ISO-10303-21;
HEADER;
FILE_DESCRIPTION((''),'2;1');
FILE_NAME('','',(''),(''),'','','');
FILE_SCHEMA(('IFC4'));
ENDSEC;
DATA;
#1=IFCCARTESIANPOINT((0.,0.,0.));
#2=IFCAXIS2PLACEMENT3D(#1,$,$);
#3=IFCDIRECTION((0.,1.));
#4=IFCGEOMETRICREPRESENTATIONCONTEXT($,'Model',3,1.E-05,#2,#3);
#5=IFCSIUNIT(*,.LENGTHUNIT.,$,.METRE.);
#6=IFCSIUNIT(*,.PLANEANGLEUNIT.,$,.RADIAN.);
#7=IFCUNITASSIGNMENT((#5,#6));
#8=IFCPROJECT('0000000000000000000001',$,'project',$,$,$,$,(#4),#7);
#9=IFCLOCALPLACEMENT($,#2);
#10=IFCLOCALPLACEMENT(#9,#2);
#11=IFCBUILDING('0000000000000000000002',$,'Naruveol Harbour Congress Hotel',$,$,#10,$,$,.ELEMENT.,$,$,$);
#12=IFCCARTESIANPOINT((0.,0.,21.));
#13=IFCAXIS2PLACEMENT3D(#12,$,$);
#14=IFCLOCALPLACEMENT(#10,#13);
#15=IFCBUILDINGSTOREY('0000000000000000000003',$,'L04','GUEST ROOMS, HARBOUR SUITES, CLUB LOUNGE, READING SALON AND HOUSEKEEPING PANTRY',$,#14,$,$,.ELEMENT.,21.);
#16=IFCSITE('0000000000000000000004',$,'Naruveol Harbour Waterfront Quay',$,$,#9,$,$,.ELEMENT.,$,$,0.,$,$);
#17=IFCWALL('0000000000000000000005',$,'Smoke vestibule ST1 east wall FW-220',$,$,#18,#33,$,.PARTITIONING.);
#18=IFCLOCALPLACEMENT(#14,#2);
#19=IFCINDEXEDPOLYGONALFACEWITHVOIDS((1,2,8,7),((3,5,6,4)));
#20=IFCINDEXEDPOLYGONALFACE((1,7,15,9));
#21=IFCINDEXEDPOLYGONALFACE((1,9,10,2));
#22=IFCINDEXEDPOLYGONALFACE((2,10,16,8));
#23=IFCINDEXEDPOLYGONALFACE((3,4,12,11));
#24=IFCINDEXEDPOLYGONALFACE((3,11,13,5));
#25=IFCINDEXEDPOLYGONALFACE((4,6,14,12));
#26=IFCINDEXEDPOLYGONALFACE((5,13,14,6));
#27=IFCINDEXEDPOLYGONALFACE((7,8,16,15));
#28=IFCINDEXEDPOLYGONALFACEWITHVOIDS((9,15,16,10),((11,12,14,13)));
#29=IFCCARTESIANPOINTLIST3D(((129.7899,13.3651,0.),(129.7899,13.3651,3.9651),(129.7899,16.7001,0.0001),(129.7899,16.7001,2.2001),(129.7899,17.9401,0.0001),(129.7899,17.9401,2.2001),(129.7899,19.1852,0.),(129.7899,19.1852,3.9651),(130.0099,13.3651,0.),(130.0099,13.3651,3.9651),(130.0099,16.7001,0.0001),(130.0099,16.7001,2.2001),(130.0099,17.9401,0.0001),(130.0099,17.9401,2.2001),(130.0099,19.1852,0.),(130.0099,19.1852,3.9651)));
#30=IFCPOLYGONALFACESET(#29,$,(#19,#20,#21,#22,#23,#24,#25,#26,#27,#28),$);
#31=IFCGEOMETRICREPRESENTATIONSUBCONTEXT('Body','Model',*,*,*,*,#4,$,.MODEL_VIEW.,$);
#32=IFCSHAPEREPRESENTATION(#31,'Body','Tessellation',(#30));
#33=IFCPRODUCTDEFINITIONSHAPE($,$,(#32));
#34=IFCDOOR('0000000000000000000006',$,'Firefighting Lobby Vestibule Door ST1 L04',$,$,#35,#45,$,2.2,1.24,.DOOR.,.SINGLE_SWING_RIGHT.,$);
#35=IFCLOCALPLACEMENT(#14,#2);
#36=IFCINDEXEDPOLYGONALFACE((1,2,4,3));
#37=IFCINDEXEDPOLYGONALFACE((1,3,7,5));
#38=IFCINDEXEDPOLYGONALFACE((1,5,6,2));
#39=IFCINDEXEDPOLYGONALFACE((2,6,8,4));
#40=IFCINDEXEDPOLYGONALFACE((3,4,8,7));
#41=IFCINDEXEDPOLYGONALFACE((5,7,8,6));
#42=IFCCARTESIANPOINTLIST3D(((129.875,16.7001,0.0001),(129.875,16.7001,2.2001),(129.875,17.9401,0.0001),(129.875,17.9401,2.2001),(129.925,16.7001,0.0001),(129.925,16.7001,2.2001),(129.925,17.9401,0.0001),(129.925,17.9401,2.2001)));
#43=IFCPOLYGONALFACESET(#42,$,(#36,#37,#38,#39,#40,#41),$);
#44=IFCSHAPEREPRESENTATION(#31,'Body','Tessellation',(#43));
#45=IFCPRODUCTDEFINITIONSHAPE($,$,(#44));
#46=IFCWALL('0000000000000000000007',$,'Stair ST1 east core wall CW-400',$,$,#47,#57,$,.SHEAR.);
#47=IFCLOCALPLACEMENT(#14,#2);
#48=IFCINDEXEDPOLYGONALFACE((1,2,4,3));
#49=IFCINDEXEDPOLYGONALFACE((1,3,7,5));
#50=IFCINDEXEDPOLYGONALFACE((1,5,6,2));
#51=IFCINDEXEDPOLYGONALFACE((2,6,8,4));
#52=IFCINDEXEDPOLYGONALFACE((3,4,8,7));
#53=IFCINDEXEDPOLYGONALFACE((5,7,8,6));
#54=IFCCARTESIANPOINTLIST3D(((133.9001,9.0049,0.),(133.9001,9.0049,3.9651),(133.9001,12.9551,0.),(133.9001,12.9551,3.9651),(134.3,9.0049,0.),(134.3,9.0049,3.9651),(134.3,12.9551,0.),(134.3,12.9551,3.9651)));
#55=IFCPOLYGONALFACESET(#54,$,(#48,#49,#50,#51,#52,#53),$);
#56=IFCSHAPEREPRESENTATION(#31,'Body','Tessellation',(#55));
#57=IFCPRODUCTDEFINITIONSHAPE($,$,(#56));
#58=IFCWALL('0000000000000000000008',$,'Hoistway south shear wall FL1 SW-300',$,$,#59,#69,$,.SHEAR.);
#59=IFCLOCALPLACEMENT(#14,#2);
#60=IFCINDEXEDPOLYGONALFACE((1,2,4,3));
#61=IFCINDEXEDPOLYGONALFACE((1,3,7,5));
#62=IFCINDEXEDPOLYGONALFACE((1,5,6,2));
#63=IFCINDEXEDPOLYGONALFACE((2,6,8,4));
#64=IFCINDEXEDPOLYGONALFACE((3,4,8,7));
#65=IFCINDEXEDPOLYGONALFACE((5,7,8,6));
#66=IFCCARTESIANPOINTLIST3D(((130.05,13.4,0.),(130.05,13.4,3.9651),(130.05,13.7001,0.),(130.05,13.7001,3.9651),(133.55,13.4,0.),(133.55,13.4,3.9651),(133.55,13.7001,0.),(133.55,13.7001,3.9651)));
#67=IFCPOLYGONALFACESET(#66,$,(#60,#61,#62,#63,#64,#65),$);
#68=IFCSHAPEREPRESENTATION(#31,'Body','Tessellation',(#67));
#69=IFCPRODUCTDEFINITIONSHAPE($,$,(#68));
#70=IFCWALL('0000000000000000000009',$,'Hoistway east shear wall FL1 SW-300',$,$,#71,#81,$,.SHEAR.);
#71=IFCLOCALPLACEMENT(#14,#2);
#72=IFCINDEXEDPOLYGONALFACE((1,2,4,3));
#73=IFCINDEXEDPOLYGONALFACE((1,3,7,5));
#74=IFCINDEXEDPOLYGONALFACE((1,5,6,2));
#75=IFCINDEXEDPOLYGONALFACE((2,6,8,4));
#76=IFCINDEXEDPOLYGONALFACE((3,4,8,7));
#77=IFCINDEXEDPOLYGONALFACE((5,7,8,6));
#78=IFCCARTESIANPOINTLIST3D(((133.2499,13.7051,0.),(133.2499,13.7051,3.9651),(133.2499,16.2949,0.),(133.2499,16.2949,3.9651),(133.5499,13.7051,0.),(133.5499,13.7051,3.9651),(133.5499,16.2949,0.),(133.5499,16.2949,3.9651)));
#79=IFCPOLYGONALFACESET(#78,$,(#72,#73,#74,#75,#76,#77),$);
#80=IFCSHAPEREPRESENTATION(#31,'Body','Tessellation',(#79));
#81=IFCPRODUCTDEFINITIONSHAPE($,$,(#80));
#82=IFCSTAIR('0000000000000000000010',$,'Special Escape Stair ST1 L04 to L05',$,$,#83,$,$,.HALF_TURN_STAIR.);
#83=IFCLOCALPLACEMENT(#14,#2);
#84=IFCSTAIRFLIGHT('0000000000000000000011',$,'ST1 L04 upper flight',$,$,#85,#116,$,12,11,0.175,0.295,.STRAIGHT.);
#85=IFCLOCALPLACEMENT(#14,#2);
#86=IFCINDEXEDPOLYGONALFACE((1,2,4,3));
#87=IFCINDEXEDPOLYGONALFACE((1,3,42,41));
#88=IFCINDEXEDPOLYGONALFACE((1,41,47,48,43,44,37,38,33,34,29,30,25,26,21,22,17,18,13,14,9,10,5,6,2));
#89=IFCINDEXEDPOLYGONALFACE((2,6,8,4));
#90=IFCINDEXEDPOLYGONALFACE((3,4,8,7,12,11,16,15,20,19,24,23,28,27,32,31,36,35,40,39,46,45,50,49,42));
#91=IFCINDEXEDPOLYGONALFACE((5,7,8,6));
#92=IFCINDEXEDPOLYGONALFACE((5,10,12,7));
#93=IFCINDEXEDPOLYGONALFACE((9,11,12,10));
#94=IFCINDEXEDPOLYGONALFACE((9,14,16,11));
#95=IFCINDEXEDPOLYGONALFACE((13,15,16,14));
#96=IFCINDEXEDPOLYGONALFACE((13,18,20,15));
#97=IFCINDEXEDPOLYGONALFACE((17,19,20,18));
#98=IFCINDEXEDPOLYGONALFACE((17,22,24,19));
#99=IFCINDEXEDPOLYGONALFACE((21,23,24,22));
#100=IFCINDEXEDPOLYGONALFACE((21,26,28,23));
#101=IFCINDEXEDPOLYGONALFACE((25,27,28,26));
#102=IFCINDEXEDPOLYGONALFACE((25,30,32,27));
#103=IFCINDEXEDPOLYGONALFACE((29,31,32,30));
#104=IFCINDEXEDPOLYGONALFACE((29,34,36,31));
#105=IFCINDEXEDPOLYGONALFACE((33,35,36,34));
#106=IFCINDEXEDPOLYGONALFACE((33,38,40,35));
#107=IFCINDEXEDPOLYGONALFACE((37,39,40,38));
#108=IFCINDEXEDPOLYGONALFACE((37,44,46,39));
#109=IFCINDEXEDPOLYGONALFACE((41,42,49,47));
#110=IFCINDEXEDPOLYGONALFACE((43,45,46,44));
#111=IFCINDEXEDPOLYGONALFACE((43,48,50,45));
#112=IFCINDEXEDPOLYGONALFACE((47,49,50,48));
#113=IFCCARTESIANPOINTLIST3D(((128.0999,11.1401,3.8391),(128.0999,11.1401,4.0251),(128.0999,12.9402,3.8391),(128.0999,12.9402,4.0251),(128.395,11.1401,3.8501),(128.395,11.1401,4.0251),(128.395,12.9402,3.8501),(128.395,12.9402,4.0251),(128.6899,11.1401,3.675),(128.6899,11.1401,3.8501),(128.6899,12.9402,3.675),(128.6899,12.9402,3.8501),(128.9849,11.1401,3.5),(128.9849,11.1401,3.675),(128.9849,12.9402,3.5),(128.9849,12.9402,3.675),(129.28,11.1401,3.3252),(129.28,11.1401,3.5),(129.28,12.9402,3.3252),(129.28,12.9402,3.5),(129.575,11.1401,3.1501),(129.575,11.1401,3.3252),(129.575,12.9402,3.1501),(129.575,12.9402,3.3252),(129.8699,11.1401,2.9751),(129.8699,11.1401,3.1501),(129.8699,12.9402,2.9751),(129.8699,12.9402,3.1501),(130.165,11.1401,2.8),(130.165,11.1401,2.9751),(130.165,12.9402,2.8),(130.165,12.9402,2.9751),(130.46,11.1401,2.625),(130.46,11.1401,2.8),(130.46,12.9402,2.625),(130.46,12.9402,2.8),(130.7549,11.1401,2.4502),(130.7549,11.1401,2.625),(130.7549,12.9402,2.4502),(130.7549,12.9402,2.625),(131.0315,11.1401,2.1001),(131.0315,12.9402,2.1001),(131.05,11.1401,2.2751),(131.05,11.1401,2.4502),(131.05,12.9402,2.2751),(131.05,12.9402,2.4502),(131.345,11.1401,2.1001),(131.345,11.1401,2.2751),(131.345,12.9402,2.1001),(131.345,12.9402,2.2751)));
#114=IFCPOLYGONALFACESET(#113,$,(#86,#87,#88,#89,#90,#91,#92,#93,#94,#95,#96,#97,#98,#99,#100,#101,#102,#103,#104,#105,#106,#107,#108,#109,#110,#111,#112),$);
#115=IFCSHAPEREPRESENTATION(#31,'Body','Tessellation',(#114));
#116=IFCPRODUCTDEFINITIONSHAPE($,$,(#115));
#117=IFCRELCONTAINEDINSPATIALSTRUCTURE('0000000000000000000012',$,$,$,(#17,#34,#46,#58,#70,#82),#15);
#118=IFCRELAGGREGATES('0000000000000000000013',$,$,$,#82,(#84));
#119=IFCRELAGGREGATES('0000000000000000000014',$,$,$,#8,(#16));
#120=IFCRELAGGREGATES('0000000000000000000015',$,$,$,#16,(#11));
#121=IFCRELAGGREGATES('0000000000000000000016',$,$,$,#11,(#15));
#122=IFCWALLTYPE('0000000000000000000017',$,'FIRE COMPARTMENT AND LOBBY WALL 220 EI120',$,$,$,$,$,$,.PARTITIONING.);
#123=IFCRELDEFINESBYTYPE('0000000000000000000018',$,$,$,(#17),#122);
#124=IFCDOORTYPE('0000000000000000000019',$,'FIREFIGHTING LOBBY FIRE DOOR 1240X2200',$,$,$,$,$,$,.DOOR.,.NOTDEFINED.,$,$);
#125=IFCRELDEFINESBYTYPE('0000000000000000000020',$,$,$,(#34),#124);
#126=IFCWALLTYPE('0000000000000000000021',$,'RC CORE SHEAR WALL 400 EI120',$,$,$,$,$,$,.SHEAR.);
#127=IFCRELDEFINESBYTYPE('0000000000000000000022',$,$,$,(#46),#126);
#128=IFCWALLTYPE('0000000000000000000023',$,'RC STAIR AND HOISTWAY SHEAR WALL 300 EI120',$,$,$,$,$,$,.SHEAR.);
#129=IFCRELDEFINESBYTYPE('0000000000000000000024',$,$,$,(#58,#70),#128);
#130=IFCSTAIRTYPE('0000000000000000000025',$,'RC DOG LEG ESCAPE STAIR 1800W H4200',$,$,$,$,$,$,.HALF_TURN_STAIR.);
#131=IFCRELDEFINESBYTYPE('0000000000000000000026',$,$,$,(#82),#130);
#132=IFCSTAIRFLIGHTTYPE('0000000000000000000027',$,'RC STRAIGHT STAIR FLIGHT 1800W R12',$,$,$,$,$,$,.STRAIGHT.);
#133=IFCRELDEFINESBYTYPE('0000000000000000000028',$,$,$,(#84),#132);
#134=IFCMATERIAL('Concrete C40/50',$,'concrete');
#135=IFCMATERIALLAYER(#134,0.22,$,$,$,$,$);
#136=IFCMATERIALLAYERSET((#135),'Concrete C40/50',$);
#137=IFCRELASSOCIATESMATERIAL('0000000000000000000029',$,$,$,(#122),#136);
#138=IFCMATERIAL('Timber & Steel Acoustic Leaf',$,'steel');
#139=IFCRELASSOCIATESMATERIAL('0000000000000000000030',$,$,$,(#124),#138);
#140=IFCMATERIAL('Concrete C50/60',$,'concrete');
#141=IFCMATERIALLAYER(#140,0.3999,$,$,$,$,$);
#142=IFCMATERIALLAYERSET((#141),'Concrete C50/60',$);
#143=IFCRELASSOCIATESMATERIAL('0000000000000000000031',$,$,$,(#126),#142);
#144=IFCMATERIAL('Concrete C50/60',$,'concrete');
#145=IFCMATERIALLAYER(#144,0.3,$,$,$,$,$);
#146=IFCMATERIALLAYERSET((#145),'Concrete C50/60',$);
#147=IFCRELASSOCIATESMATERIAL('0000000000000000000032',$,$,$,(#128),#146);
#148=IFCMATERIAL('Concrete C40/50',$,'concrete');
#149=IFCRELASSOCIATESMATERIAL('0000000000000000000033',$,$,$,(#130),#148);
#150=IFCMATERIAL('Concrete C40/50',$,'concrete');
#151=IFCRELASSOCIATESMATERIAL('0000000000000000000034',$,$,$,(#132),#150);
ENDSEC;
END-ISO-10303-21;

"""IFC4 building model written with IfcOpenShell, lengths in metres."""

from ifc_helpers import new_model, si_unit, direction, frame, frame_2d, origin, place, context, subcontext, project, spatial, polyline, rectangle, outline, extrude, material, layer, layer_set, type_object, element, fill, aggregate, save


model = new_model("IFC4")

# Units and contexts
model_context = context("Model", 3, precision=1e-05, world=origin(), true_north=direction((0.0, 1.0)))
body_context = subcontext(model_context, "Body", "Model", "MODEL_VIEW")
ifc_project = project(units=[si_unit("LENGTHUNIT", "METRE"), si_unit("PLANEANGLEUNIT", "RADIAN")], contexts=[model_context])

# Site, building, storey
site_placement = place(None, origin())
site = spatial("IfcSite", under=ifc_project, at=site_placement, Name="Naruveol Harbour Waterfront Quay", CompositionType="ELEMENT", RefElevation=0.0)
building_placement = place(site_placement, origin())
building = spatial("IfcBuilding", under=site, at=building_placement, Name="Naruveol Harbour Congress Hotel", CompositionType="ELEMENT")
storey_placement = place(building_placement, frame((0.0, 0.0, 21.0)))
storey = spatial("IfcBuildingStorey", under=building, at=storey_placement, Name="L04", Description="GUEST ROOMS, HARBOUR SUITES, CLUB LOUNGE, READING SALON AND HOUSEKEEPING PANTRY", CompositionType="ELEMENT", Elevation=21.0)

# Wall, opening, door
ifc_material_1 = material(Name="Concrete C40/50", Category="concrete")
ifc_layer_1 = layer(ifc_material_1, 0.22)
ifc_layer_set_1 = layer_set([ifc_layer_1], Name="Concrete C40/50")
wall_type_1 = type_object("IfcWallType", Name="FIRE COMPARTMENT AND LOBBY WALL 220 EI120", PredefinedType="PARTITIONING", material=ifc_layer_set_1)
wall_1_placement = place(storey_placement, frame((129.8999, 13.365, 0.0), z_axis=(0.0, 0.0, 1.0), x_axis=(0.0, 1.0, 0.0)))
wall_1 = element("IfcWall", 1, at=wall_1_placement, inside=storey, type_object=wall_type_1, Name="Smoke vestibule ST1 east wall FW-220", PredefinedType="PARTITIONING", context=body_context, shape_type="SweptSolid", body=[
    extrude(rectangle(XDim=5.8201, YDim=0.22, at=frame_2d((2.9102, 0.0))), origin(), (0.0, 0.0, 1.0), 3.9651),
])
opening_placement = place(wall_1_placement, frame((3.335, 0.0, 0.0)))
opening = element("IfcOpeningElement", 2, at=opening_placement, cuts=wall_1, PredefinedType="OPENING", context=body_context, shape_type="SweptSolid", body=[
    extrude(rectangle(XDim=1.24, YDim=2.2, at=frame_2d((0.6201, 1.1001))), frame((0.0, 0.1199, 0.0), z_axis=(0.0, -1.0, 0.0), x_axis=(1.0, 0.0, 0.0)), (0.0, 0.0, 1.0), 0.24),
])
ifc_material_2 = material(Name="Timber & Steel Acoustic Leaf", Category="steel")
door_type = type_object("IfcDoorType", Name="FIREFIGHTING LOBBY FIRE DOOR 1240X2200", OperationType="NOTDEFINED", PredefinedType="DOOR", material=ifc_material_2)
door_placement = place(opening_placement, origin())
door = element("IfcDoor", 3, at=door_placement, inside=storey, type_object=door_type, Name="Firefighting Lobby Vestibule Door ST1 L04", OperationType="SINGLE_SWING_RIGHT", OverallHeight=2.2, OverallWidth=1.24, PredefinedType="DOOR", context=body_context, shape_type="SweptSolid", body=[
    extrude(rectangle(XDim=1.24, YDim=2.2, at=frame_2d((0.6201, 1.1001))), frame((0.0, 0.0249, 0.0), z_axis=(0.0, -1.0, 0.0), x_axis=(1.0, 0.0, 0.0)), (0.0, 0.0, 1.0), 0.05),
])
fill(opening, door)

# Walls
ifc_material_3 = material(Name="Concrete C50/60", Category="concrete")
ifc_layer_2 = layer(ifc_material_3, 0.3999)
ifc_layer_set_2 = layer_set([ifc_layer_2], Name="Concrete C50/60")
wall_type_2 = type_object("IfcWallType", Name="RC CORE SHEAR WALL 400 EI120", PredefinedType="SHEAR", material=ifc_layer_set_2)
wall_2_placement = place(storey_placement, frame((134.1001, 9.0049, 0.0), z_axis=(0.0, 0.0, 1.0), x_axis=(0.0, 1.0, 0.0)))
element("IfcWall", 4, at=wall_2_placement, inside=storey, type_object=wall_type_2, Name="Stair ST1 east core wall CW-400", PredefinedType="SHEAR", context=body_context, shape_type="SweptSolid", body=[
    extrude(rectangle(XDim=3.9502, YDim=0.3999, at=frame_2d((1.9751, 0.0))), origin(), (0.0, 0.0, 1.0), 3.9651),
])
ifc_material_4 = material(Name="Concrete C50/60", Category="concrete")
ifc_layer_3 = layer(ifc_material_4, 0.3)
ifc_layer_set_3 = layer_set([ifc_layer_3], Name="Concrete C50/60")
wall_type_3 = type_object("IfcWallType", Name="RC STAIR AND HOISTWAY SHEAR WALL 300 EI120", PredefinedType="SHEAR", material=ifc_layer_set_3)
wall_3_placement = place(storey_placement, frame((130.05, 13.55, 0.0), z_axis=(0.0, 0.0, 1.0), x_axis=(1.0, 0.0, 0.0)))
element("IfcWall", 5, at=wall_3_placement, inside=storey, type_object=wall_type_3, Name="Hoistway south shear wall FL1 SW-300", PredefinedType="SHEAR", context=body_context, shape_type="SweptSolid", body=[
    extrude(rectangle(XDim=3.5, YDim=0.3, at=frame_2d((1.75, 0.0))), origin(), (0.0, 0.0, 1.0), 3.9651),
])
wall_4_placement = place(storey_placement, frame((133.3999, 13.7051, 0.0), z_axis=(0.0, 0.0, 1.0), x_axis=(0.0, 1.0, 0.0)))
element("IfcWall", 6, at=wall_4_placement, inside=storey, type_object=wall_type_3, Name="Hoistway east shear wall FL1 SW-300", PredefinedType="SHEAR", context=body_context, shape_type="SweptSolid", body=[
    extrude(rectangle(XDim=2.5898, YDim=0.3, at=frame_2d((1.2949, 0.0))), origin(), (0.0, 0.0, 1.0), 3.9651),
])

# Stair, stair flight
ifc_material_5 = material(Name="Concrete C40/50", Category="concrete")
stair_type = type_object("IfcStairType", Name="RC DOG LEG ESCAPE STAIR 1800W H4200", PredefinedType="HALF_TURN_STAIR", material=ifc_material_5)
stair_placement = place(storey_placement, origin())
stair = element("IfcStair", 7, at=stair_placement, inside=storey, type_object=stair_type, Name="Special Escape Stair ST1 L04 to L05", PredefinedType="HALF_TURN_STAIR")
ifc_material_6 = material(Name="Concrete C40/50", Category="concrete")
stair_flight_type = type_object("IfcStairFlightType", Name="RC STRAIGHT STAIR FLIGHT 1800W R12", PredefinedType="STRAIGHT", material=ifc_material_6)
stair_flight_placement = place(storey_placement, frame((131.345, 12.04, 2.1001), z_axis=(0.0, 0.0, 1.0), x_axis=(-1.0, 0.0, 0.0)))
stair_flight = element("IfcStairFlight", 8, at=stair_flight_placement, type_object=stair_flight_type, Name="ST1 L04 upper flight", NumberOfRisers=12, NumberOfTreads=11, PredefinedType="STRAIGHT", RiserHeight=0.175, TreadLength=0.295, context=body_context, shape_type="SweptSolid", body=[
    extrude(outline(polyline([(0.0, 0.0), (0.0, 0.175), (0.2949, 0.175), (0.2949, 0.3501), (0.5901, 0.3501), (0.5901, 0.5249), (0.885, 0.5249), (0.885, 0.7), (1.1799, 0.7), (1.1799, 0.875), (1.4751, 0.875), (1.4751, 1.05), (1.77, 1.05), (1.77, 1.2251), (2.0649, 1.2251), (2.0649, 1.3999), (2.3601, 1.3999), (2.3601, 1.575), (2.655, 1.575), (2.655, 1.75), (2.95, 1.75), (2.95, 1.925), (3.2451, 1.925), (3.2451, 2.1001), (3.2451, 1.739), (0.3135, 0.0), (0.0, 0.0)])), frame((0.0, 0.8999, 0.0), z_axis=(0.0, -1.0, 0.0), x_axis=(1.0, 0.0, 0.0)), (0.0, 0.0, 1.0), 1.8),
])
aggregate(stair, [stair_flight])

save(model, "model.ifc")
